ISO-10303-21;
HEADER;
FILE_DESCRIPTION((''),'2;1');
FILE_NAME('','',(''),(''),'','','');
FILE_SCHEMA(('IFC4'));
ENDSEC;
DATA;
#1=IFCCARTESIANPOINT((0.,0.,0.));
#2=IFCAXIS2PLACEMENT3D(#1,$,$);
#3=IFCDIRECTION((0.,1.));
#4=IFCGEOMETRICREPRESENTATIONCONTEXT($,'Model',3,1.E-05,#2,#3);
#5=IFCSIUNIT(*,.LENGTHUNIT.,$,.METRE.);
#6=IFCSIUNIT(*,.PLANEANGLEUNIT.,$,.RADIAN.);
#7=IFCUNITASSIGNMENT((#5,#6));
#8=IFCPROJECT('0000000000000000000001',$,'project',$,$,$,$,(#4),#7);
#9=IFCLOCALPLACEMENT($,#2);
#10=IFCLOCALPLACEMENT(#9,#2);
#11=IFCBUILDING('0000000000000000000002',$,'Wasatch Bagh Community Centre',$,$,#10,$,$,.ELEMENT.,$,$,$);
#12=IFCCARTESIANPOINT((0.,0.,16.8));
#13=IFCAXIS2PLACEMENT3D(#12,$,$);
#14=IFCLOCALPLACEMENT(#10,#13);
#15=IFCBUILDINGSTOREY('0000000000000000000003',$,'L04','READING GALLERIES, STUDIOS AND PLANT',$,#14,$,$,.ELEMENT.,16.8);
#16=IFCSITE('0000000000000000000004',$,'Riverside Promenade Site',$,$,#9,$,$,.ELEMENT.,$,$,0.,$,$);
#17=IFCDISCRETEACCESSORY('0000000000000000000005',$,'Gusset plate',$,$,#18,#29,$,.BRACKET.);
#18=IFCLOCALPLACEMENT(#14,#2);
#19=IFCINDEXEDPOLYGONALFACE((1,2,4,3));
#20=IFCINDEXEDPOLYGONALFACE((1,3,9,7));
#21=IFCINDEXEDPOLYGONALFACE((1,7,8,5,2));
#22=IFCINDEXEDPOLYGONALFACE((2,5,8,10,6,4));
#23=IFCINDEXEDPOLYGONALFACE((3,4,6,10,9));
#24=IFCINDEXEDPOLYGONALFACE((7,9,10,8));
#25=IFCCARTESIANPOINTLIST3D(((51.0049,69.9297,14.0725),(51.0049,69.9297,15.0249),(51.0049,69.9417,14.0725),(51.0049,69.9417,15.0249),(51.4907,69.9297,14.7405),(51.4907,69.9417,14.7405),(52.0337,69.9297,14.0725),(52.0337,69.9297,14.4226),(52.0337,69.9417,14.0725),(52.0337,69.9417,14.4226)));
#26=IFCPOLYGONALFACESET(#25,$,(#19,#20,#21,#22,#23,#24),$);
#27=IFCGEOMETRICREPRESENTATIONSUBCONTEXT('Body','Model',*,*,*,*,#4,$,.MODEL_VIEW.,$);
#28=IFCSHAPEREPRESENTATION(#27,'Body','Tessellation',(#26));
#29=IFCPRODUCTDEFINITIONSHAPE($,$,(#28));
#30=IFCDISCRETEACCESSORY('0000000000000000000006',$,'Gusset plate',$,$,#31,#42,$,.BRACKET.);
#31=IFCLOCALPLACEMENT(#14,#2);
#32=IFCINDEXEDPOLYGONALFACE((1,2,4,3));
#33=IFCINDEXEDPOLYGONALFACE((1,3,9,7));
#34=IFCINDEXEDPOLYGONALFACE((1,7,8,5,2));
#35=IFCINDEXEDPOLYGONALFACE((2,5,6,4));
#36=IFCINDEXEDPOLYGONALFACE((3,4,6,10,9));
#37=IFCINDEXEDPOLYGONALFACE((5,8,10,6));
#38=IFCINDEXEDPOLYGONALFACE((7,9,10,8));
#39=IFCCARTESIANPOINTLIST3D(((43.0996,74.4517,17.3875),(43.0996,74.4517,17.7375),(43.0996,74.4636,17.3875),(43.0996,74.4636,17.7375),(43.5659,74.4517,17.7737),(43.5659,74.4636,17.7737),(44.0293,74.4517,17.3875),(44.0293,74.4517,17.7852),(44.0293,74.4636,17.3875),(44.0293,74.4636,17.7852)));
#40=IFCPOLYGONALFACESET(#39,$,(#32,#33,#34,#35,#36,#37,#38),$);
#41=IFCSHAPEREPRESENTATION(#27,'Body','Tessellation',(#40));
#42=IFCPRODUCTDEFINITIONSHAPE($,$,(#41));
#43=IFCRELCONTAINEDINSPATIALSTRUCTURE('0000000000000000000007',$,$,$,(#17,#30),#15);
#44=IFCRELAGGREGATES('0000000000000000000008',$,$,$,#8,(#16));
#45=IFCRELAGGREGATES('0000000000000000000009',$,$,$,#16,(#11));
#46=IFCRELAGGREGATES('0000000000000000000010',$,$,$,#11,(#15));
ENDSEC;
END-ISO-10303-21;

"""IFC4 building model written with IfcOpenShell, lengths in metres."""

from ifc_helpers import new_model, si_unit, direction, frame, origin, place, context, subcontext, project, spatial, polyline, outline, extrude, element, save


model = new_model("IFC4")

# Units and contexts
model_context = context("Model", 3, precision=1e-05, world=origin(), true_north=direction((0.0, 1.0)))
body_context = subcontext(model_context, "Body", "Model", "MODEL_VIEW")
ifc_project = project(units=[si_unit("LENGTHUNIT", "METRE"), si_unit("PLANEANGLEUNIT", "RADIAN")], contexts=[model_context])

# Site, building, storey
site_placement = place(None, origin())
site = spatial("IfcSite", under=ifc_project, at=site_placement, Name="Riverside Promenade Site", CompositionType="ELEMENT", RefElevation=0.0)
building_placement = place(site_placement, origin())
building = spatial("IfcBuilding", under=site, at=building_placement, Name="Wasatch Bagh Community Centre", CompositionType="ELEMENT")
storey_placement = place(building_placement, frame((0.0, 0.0, 16.8)))
storey = spatial("IfcBuildingStorey", under=building, at=storey_placement, Name="L04", Description="READING GALLERIES, STUDIOS AND PLANT", CompositionType="ELEMENT", Elevation=16.8)

# Discrete accessories
discrete_accessory_1_placement = place(storey_placement, frame((51.0049, 69.9417, 15.0249), z_axis=(0.0, 1.0, 0.0), x_axis=(0.862991, 0.0, -0.505219)))
element("IfcDiscreteAccessory", 1, at=discrete_accessory_1_placement, inside=storey, Name="Gusset plate", PredefinedType="BRACKET", context=body_context, shape_type="SweptSolid", body=[
    extrude(outline(polyline([(0.0, 0.0), (0.563, 0.0), (1.1921, 0.0), (1.369, 0.3021), (0.4812, 0.8219), (0.0, 0.0)])), origin(), (0.0, 0.0, -1.0), 0.012),
])
discrete_accessory_2_placement = place(storey_placement, frame((43.0996, 74.4636, 17.7375), z_axis=(0.0, 1.0, 0.0), x_axis=(0.997011, 0.0, 0.077255)))
element("IfcDiscreteAccessory", 2, at=discrete_accessory_2_placement, inside=storey, Name="Gusset plate", PredefinedType="BRACKET", context=body_context, shape_type="SweptSolid", body=[
    extrude(outline(polyline([(0.0, 0.0), (0.4677, 0.0), (0.9306, 0.0244), (0.8999, 0.4209), (-0.027, 0.3491), (0.0, 0.0)])), origin(), (0.0, 0.0, -1.0), 0.012),
])

save(model, "model.ifc")
